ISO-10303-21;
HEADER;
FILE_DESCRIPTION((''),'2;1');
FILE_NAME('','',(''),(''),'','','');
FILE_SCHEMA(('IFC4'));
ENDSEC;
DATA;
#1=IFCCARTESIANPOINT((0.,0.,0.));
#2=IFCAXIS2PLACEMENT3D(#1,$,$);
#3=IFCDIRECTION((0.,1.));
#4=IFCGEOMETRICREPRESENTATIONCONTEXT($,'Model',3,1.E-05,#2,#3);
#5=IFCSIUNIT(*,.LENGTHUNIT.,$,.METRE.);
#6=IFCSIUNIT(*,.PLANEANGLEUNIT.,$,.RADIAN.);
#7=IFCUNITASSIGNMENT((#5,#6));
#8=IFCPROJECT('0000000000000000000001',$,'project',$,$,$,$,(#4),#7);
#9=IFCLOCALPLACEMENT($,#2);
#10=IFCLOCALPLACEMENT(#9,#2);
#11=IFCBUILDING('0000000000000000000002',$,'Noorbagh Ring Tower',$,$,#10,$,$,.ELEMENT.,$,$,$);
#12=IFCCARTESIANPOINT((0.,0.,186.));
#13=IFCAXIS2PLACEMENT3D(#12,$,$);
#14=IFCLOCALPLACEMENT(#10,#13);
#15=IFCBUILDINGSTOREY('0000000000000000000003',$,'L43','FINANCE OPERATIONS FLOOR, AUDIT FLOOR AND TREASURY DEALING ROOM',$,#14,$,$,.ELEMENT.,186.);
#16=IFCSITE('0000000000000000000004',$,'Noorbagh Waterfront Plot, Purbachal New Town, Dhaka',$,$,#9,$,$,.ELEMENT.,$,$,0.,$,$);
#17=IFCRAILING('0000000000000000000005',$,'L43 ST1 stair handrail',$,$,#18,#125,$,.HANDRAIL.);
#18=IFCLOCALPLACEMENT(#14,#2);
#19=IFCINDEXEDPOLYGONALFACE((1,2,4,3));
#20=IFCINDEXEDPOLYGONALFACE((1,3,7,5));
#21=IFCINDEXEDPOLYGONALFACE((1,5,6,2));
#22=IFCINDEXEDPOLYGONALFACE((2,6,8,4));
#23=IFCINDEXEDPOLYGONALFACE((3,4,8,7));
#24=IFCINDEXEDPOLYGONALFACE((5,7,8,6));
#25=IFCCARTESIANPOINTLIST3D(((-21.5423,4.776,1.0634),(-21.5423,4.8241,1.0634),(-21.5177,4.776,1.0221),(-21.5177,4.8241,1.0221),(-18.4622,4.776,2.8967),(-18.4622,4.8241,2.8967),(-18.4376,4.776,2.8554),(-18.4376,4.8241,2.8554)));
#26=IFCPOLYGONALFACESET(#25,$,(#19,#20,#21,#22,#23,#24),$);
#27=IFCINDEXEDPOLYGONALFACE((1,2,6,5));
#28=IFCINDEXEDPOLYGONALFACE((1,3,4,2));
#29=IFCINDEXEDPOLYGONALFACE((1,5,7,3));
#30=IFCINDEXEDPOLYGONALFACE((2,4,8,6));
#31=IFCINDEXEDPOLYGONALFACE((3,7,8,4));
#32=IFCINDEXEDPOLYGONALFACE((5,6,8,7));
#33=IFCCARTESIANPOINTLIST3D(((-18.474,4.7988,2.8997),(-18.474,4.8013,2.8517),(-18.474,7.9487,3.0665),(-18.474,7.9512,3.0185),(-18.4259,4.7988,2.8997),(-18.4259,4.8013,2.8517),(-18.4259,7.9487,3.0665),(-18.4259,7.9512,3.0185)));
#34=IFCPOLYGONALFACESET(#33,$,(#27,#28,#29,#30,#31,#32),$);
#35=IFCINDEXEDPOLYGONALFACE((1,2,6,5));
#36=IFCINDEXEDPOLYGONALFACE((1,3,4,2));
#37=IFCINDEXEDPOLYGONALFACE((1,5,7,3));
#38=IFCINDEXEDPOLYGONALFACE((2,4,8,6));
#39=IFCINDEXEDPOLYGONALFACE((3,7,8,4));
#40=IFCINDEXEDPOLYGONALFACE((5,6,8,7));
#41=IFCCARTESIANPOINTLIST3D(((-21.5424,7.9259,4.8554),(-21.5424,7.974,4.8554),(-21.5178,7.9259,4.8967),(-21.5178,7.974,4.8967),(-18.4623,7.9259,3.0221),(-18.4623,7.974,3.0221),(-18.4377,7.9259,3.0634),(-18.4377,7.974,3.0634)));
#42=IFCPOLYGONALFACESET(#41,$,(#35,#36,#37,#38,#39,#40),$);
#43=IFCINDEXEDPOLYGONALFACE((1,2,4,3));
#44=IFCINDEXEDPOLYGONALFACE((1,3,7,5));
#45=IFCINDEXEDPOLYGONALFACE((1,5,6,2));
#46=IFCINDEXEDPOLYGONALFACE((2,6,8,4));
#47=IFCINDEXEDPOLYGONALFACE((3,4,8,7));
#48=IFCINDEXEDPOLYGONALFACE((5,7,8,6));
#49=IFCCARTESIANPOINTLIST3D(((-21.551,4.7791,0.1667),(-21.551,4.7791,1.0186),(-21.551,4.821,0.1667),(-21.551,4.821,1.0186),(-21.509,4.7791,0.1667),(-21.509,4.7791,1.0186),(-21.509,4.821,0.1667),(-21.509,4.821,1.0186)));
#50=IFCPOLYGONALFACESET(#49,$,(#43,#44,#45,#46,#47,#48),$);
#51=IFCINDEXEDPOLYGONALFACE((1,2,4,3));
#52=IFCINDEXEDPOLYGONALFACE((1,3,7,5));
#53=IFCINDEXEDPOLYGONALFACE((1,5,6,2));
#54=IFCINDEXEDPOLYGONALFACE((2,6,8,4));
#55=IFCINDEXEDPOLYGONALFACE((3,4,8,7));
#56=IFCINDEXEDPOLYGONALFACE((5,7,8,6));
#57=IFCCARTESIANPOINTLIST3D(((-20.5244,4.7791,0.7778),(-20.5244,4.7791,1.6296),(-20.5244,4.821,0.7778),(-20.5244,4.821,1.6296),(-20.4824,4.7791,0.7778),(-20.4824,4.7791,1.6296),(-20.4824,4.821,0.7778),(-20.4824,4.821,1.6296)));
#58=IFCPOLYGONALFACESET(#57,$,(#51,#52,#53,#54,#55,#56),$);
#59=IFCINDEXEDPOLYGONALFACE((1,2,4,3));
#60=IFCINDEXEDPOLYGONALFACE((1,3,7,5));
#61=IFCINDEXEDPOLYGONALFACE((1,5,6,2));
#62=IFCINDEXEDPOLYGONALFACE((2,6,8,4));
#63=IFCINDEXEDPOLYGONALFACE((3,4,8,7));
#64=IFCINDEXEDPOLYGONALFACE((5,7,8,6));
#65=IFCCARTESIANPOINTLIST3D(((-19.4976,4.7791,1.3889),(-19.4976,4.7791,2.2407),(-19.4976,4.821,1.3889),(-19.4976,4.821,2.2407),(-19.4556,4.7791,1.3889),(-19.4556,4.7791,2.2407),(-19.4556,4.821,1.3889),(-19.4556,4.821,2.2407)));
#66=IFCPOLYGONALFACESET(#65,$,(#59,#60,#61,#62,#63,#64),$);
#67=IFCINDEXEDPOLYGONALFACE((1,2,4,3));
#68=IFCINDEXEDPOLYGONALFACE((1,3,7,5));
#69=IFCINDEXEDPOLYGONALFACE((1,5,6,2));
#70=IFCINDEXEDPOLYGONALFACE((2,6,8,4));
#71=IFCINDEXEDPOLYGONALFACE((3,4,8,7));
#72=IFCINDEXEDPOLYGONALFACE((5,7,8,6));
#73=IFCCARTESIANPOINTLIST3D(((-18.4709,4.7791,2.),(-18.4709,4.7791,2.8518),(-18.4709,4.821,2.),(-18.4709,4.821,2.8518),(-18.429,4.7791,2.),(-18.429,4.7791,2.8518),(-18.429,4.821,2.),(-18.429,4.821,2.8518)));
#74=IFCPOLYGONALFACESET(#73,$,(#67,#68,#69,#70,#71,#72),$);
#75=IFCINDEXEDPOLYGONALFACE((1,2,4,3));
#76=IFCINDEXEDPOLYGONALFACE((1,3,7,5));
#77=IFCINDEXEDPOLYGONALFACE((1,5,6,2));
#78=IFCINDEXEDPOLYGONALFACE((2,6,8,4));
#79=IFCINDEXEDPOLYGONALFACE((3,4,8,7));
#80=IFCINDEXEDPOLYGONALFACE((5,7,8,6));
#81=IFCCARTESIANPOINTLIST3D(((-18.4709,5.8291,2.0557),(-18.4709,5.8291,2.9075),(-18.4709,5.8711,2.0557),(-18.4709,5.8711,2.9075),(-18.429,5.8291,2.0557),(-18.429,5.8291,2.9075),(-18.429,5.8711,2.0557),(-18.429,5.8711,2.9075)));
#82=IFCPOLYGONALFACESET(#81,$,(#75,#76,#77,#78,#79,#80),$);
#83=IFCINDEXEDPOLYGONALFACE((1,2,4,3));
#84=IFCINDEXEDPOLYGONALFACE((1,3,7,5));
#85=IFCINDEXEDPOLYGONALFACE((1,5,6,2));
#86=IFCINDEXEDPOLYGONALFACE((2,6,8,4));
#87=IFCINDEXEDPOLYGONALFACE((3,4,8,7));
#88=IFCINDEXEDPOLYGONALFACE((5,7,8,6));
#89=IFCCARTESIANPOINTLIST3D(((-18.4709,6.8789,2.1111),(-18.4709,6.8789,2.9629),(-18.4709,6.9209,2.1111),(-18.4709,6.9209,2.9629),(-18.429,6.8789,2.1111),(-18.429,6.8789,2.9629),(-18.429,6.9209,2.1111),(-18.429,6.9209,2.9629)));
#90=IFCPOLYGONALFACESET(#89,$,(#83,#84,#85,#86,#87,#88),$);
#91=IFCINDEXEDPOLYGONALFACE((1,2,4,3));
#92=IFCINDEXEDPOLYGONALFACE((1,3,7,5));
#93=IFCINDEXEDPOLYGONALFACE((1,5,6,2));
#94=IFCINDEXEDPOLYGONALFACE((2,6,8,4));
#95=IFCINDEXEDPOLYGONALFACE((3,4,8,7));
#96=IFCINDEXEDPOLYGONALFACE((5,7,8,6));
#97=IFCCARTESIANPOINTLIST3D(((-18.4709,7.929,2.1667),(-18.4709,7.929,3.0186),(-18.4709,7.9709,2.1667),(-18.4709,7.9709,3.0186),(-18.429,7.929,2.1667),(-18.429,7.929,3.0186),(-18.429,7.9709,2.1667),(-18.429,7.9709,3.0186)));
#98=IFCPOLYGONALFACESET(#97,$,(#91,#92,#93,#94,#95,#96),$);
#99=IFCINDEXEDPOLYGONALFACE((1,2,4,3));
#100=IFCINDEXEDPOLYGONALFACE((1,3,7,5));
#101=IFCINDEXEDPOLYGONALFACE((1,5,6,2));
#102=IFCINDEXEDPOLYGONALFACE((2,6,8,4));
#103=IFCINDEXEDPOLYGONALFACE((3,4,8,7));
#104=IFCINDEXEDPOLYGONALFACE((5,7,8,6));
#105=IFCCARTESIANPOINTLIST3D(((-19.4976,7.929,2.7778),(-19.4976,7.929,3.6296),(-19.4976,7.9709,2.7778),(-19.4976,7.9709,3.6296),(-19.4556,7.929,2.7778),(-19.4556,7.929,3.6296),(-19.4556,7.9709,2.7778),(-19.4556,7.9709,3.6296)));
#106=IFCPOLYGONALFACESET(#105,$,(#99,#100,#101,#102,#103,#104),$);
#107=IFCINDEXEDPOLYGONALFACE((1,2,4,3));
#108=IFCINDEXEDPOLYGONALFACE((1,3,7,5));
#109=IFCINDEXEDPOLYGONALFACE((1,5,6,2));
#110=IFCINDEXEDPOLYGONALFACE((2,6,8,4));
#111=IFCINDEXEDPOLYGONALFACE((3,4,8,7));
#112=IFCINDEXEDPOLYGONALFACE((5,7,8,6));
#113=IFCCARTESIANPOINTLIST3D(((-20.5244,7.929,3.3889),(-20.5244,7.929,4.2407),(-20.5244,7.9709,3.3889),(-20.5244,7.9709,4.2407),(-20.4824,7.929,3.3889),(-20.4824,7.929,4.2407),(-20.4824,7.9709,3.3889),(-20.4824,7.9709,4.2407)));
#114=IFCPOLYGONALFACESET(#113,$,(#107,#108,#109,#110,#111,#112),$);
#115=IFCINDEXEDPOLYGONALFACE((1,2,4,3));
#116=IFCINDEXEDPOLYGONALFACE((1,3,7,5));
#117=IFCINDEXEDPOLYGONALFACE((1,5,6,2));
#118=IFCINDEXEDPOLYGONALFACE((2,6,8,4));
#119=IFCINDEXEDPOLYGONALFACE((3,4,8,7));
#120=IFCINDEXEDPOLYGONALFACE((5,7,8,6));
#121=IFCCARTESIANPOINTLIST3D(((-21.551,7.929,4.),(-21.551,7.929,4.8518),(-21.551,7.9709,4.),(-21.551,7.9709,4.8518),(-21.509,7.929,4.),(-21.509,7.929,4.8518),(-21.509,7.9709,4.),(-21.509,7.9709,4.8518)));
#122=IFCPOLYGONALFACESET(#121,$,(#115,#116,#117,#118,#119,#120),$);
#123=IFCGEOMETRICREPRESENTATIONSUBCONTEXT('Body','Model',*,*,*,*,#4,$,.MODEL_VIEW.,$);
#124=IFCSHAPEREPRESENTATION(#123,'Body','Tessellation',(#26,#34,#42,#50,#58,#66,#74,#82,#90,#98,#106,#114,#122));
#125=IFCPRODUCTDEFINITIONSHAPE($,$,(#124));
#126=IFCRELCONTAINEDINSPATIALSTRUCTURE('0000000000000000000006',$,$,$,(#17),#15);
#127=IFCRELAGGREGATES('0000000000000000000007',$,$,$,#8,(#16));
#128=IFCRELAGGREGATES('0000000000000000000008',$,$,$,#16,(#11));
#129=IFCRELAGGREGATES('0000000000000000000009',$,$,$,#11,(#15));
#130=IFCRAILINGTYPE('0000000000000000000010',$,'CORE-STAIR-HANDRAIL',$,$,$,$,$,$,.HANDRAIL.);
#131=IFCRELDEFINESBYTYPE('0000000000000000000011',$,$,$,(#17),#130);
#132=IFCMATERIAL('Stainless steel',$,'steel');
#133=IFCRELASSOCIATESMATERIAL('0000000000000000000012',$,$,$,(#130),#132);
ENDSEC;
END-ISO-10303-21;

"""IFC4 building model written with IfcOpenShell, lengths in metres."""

from ifc_helpers import new_model, si_unit, direction, frame, origin, origin_2d, place, context, subcontext, project, spatial, rectangle, extrude, material, type_object, element, save


model = new_model("IFC4")

# Units and contexts
model_context = context("Model", 3, precision=1e-05, world=origin(), true_north=direction((0.0, 1.0)))
body_context = subcontext(model_context, "Body", "Model", "MODEL_VIEW")
ifc_project = project(units=[si_unit("LENGTHUNIT", "METRE"), si_unit("PLANEANGLEUNIT", "RADIAN")], contexts=[model_context])

# Site, building, storey
site_placement = place(None, origin())
site = spatial("IfcSite", under=ifc_project, at=site_placement, Name="Noorbagh Waterfront Plot, Purbachal New Town, Dhaka", CompositionType="ELEMENT", RefElevation=0.0)
building_placement = place(site_placement, origin())
building = spatial("IfcBuilding", under=site, at=building_placement, Name="Noorbagh Ring Tower", CompositionType="ELEMENT")
storey_placement = place(building_placement, frame((0.0, 0.0, 186.0)))
storey = spatial("IfcBuildingStorey", under=building, at=storey_placement, Name="L43", Description="FINANCE OPERATIONS FLOOR, AUDIT FLOOR AND TREASURY DEALING ROOM", CompositionType="ELEMENT", Elevation=186.0)

# Railing
ifc_material_1 = material(Name="Stainless steel", Category="steel")
railing_type = type_object("IfcRailingType", Name="CORE-STAIR-HANDRAIL", PredefinedType="HANDRAIL", material=ifc_material_1)
railing_placement = place(storey_placement, frame((-21.53, 4.8, 0.1667)))
element("IfcRailing", 1, at=railing_placement, inside=storey, type_object=railing_type, Name="L43 ST1 stair handrail", PredefinedType="HANDRAIL", context=body_context, shape_type="SweptSolid", body=[
    extrude(rectangle(XDim=0.0481, YDim=0.0481, at=origin_2d()), frame((0.0, 0.0, 0.876), z_axis=(0.859309, 0.0, 0.511458), x_axis=(0.0, 1.0, 0.0)), (0.0, 0.0, 1.0), 3.5845),
    extrude(rectangle(XDim=0.0481, YDim=0.0481, at=origin_2d()), frame((3.0801, 0.0, 2.709), z_axis=(0.0, 0.998602, 0.052864), x_axis=(-1.0, 0.0, 0.0)), (0.0, 0.0, 1.0), 3.1543),
    extrude(rectangle(XDim=0.0481, YDim=0.0481, at=origin_2d()), frame((3.0801, 3.1499, 2.876), z_axis=(-0.859309, 0.0, 0.511458), x_axis=(0.0, -1.0, 0.0)), (0.0, 0.0, 1.0), 3.5845),
    extrude(rectangle(XDim=0.042, YDim=0.042, at=origin_2d()), origin(), (0.0, 0.0, 1.0), 0.8518),
    extrude(rectangle(XDim=0.042, YDim=0.042, at=origin_2d()), frame((1.0266, 0.0, 0.6111)), (0.0, 0.0, 1.0), 0.8518),
    extrude(rectangle(XDim=0.042, YDim=0.042, at=origin_2d()), frame((2.0535, 0.0, 1.2222)), (0.0, 0.0, 1.0), 0.8518),
    extrude(rectangle(XDim=0.042, YDim=0.042, at=origin_2d()), frame((3.0801, 0.0, 1.8333)), (0.0, 0.0, 1.0), 0.8518),
    extrude(rectangle(XDim=0.042, YDim=0.042, at=origin_2d()), frame((3.0801, 1.05, 1.8889)), (0.0, 0.0, 1.0), 0.8518),
    extrude(rectangle(XDim=0.042, YDim=0.042, at=origin_2d()), frame((3.0801, 2.0999, 1.9443)), (0.0, 0.0, 1.0), 0.8518),
    extrude(rectangle(XDim=0.042, YDim=0.042, at=origin_2d()), frame((3.0801, 3.1499, 2.0)), (0.0, 0.0, 1.0), 0.8518),
    extrude(rectangle(XDim=0.042, YDim=0.042, at=origin_2d()), frame((2.0535, 3.1499, 2.6111)), (0.0, 0.0, 1.0), 0.8518),
    extrude(rectangle(XDim=0.042, YDim=0.042, at=origin_2d()), frame((1.0266, 3.1499, 3.2222)), (0.0, 0.0, 1.0), 0.8518),
    extrude(rectangle(XDim=0.042, YDim=0.042, at=origin_2d()), frame((0.0, 3.1499, 3.8333)), (0.0, 0.0, 1.0), 0.8518),
])

save(model, "model.ifc")
